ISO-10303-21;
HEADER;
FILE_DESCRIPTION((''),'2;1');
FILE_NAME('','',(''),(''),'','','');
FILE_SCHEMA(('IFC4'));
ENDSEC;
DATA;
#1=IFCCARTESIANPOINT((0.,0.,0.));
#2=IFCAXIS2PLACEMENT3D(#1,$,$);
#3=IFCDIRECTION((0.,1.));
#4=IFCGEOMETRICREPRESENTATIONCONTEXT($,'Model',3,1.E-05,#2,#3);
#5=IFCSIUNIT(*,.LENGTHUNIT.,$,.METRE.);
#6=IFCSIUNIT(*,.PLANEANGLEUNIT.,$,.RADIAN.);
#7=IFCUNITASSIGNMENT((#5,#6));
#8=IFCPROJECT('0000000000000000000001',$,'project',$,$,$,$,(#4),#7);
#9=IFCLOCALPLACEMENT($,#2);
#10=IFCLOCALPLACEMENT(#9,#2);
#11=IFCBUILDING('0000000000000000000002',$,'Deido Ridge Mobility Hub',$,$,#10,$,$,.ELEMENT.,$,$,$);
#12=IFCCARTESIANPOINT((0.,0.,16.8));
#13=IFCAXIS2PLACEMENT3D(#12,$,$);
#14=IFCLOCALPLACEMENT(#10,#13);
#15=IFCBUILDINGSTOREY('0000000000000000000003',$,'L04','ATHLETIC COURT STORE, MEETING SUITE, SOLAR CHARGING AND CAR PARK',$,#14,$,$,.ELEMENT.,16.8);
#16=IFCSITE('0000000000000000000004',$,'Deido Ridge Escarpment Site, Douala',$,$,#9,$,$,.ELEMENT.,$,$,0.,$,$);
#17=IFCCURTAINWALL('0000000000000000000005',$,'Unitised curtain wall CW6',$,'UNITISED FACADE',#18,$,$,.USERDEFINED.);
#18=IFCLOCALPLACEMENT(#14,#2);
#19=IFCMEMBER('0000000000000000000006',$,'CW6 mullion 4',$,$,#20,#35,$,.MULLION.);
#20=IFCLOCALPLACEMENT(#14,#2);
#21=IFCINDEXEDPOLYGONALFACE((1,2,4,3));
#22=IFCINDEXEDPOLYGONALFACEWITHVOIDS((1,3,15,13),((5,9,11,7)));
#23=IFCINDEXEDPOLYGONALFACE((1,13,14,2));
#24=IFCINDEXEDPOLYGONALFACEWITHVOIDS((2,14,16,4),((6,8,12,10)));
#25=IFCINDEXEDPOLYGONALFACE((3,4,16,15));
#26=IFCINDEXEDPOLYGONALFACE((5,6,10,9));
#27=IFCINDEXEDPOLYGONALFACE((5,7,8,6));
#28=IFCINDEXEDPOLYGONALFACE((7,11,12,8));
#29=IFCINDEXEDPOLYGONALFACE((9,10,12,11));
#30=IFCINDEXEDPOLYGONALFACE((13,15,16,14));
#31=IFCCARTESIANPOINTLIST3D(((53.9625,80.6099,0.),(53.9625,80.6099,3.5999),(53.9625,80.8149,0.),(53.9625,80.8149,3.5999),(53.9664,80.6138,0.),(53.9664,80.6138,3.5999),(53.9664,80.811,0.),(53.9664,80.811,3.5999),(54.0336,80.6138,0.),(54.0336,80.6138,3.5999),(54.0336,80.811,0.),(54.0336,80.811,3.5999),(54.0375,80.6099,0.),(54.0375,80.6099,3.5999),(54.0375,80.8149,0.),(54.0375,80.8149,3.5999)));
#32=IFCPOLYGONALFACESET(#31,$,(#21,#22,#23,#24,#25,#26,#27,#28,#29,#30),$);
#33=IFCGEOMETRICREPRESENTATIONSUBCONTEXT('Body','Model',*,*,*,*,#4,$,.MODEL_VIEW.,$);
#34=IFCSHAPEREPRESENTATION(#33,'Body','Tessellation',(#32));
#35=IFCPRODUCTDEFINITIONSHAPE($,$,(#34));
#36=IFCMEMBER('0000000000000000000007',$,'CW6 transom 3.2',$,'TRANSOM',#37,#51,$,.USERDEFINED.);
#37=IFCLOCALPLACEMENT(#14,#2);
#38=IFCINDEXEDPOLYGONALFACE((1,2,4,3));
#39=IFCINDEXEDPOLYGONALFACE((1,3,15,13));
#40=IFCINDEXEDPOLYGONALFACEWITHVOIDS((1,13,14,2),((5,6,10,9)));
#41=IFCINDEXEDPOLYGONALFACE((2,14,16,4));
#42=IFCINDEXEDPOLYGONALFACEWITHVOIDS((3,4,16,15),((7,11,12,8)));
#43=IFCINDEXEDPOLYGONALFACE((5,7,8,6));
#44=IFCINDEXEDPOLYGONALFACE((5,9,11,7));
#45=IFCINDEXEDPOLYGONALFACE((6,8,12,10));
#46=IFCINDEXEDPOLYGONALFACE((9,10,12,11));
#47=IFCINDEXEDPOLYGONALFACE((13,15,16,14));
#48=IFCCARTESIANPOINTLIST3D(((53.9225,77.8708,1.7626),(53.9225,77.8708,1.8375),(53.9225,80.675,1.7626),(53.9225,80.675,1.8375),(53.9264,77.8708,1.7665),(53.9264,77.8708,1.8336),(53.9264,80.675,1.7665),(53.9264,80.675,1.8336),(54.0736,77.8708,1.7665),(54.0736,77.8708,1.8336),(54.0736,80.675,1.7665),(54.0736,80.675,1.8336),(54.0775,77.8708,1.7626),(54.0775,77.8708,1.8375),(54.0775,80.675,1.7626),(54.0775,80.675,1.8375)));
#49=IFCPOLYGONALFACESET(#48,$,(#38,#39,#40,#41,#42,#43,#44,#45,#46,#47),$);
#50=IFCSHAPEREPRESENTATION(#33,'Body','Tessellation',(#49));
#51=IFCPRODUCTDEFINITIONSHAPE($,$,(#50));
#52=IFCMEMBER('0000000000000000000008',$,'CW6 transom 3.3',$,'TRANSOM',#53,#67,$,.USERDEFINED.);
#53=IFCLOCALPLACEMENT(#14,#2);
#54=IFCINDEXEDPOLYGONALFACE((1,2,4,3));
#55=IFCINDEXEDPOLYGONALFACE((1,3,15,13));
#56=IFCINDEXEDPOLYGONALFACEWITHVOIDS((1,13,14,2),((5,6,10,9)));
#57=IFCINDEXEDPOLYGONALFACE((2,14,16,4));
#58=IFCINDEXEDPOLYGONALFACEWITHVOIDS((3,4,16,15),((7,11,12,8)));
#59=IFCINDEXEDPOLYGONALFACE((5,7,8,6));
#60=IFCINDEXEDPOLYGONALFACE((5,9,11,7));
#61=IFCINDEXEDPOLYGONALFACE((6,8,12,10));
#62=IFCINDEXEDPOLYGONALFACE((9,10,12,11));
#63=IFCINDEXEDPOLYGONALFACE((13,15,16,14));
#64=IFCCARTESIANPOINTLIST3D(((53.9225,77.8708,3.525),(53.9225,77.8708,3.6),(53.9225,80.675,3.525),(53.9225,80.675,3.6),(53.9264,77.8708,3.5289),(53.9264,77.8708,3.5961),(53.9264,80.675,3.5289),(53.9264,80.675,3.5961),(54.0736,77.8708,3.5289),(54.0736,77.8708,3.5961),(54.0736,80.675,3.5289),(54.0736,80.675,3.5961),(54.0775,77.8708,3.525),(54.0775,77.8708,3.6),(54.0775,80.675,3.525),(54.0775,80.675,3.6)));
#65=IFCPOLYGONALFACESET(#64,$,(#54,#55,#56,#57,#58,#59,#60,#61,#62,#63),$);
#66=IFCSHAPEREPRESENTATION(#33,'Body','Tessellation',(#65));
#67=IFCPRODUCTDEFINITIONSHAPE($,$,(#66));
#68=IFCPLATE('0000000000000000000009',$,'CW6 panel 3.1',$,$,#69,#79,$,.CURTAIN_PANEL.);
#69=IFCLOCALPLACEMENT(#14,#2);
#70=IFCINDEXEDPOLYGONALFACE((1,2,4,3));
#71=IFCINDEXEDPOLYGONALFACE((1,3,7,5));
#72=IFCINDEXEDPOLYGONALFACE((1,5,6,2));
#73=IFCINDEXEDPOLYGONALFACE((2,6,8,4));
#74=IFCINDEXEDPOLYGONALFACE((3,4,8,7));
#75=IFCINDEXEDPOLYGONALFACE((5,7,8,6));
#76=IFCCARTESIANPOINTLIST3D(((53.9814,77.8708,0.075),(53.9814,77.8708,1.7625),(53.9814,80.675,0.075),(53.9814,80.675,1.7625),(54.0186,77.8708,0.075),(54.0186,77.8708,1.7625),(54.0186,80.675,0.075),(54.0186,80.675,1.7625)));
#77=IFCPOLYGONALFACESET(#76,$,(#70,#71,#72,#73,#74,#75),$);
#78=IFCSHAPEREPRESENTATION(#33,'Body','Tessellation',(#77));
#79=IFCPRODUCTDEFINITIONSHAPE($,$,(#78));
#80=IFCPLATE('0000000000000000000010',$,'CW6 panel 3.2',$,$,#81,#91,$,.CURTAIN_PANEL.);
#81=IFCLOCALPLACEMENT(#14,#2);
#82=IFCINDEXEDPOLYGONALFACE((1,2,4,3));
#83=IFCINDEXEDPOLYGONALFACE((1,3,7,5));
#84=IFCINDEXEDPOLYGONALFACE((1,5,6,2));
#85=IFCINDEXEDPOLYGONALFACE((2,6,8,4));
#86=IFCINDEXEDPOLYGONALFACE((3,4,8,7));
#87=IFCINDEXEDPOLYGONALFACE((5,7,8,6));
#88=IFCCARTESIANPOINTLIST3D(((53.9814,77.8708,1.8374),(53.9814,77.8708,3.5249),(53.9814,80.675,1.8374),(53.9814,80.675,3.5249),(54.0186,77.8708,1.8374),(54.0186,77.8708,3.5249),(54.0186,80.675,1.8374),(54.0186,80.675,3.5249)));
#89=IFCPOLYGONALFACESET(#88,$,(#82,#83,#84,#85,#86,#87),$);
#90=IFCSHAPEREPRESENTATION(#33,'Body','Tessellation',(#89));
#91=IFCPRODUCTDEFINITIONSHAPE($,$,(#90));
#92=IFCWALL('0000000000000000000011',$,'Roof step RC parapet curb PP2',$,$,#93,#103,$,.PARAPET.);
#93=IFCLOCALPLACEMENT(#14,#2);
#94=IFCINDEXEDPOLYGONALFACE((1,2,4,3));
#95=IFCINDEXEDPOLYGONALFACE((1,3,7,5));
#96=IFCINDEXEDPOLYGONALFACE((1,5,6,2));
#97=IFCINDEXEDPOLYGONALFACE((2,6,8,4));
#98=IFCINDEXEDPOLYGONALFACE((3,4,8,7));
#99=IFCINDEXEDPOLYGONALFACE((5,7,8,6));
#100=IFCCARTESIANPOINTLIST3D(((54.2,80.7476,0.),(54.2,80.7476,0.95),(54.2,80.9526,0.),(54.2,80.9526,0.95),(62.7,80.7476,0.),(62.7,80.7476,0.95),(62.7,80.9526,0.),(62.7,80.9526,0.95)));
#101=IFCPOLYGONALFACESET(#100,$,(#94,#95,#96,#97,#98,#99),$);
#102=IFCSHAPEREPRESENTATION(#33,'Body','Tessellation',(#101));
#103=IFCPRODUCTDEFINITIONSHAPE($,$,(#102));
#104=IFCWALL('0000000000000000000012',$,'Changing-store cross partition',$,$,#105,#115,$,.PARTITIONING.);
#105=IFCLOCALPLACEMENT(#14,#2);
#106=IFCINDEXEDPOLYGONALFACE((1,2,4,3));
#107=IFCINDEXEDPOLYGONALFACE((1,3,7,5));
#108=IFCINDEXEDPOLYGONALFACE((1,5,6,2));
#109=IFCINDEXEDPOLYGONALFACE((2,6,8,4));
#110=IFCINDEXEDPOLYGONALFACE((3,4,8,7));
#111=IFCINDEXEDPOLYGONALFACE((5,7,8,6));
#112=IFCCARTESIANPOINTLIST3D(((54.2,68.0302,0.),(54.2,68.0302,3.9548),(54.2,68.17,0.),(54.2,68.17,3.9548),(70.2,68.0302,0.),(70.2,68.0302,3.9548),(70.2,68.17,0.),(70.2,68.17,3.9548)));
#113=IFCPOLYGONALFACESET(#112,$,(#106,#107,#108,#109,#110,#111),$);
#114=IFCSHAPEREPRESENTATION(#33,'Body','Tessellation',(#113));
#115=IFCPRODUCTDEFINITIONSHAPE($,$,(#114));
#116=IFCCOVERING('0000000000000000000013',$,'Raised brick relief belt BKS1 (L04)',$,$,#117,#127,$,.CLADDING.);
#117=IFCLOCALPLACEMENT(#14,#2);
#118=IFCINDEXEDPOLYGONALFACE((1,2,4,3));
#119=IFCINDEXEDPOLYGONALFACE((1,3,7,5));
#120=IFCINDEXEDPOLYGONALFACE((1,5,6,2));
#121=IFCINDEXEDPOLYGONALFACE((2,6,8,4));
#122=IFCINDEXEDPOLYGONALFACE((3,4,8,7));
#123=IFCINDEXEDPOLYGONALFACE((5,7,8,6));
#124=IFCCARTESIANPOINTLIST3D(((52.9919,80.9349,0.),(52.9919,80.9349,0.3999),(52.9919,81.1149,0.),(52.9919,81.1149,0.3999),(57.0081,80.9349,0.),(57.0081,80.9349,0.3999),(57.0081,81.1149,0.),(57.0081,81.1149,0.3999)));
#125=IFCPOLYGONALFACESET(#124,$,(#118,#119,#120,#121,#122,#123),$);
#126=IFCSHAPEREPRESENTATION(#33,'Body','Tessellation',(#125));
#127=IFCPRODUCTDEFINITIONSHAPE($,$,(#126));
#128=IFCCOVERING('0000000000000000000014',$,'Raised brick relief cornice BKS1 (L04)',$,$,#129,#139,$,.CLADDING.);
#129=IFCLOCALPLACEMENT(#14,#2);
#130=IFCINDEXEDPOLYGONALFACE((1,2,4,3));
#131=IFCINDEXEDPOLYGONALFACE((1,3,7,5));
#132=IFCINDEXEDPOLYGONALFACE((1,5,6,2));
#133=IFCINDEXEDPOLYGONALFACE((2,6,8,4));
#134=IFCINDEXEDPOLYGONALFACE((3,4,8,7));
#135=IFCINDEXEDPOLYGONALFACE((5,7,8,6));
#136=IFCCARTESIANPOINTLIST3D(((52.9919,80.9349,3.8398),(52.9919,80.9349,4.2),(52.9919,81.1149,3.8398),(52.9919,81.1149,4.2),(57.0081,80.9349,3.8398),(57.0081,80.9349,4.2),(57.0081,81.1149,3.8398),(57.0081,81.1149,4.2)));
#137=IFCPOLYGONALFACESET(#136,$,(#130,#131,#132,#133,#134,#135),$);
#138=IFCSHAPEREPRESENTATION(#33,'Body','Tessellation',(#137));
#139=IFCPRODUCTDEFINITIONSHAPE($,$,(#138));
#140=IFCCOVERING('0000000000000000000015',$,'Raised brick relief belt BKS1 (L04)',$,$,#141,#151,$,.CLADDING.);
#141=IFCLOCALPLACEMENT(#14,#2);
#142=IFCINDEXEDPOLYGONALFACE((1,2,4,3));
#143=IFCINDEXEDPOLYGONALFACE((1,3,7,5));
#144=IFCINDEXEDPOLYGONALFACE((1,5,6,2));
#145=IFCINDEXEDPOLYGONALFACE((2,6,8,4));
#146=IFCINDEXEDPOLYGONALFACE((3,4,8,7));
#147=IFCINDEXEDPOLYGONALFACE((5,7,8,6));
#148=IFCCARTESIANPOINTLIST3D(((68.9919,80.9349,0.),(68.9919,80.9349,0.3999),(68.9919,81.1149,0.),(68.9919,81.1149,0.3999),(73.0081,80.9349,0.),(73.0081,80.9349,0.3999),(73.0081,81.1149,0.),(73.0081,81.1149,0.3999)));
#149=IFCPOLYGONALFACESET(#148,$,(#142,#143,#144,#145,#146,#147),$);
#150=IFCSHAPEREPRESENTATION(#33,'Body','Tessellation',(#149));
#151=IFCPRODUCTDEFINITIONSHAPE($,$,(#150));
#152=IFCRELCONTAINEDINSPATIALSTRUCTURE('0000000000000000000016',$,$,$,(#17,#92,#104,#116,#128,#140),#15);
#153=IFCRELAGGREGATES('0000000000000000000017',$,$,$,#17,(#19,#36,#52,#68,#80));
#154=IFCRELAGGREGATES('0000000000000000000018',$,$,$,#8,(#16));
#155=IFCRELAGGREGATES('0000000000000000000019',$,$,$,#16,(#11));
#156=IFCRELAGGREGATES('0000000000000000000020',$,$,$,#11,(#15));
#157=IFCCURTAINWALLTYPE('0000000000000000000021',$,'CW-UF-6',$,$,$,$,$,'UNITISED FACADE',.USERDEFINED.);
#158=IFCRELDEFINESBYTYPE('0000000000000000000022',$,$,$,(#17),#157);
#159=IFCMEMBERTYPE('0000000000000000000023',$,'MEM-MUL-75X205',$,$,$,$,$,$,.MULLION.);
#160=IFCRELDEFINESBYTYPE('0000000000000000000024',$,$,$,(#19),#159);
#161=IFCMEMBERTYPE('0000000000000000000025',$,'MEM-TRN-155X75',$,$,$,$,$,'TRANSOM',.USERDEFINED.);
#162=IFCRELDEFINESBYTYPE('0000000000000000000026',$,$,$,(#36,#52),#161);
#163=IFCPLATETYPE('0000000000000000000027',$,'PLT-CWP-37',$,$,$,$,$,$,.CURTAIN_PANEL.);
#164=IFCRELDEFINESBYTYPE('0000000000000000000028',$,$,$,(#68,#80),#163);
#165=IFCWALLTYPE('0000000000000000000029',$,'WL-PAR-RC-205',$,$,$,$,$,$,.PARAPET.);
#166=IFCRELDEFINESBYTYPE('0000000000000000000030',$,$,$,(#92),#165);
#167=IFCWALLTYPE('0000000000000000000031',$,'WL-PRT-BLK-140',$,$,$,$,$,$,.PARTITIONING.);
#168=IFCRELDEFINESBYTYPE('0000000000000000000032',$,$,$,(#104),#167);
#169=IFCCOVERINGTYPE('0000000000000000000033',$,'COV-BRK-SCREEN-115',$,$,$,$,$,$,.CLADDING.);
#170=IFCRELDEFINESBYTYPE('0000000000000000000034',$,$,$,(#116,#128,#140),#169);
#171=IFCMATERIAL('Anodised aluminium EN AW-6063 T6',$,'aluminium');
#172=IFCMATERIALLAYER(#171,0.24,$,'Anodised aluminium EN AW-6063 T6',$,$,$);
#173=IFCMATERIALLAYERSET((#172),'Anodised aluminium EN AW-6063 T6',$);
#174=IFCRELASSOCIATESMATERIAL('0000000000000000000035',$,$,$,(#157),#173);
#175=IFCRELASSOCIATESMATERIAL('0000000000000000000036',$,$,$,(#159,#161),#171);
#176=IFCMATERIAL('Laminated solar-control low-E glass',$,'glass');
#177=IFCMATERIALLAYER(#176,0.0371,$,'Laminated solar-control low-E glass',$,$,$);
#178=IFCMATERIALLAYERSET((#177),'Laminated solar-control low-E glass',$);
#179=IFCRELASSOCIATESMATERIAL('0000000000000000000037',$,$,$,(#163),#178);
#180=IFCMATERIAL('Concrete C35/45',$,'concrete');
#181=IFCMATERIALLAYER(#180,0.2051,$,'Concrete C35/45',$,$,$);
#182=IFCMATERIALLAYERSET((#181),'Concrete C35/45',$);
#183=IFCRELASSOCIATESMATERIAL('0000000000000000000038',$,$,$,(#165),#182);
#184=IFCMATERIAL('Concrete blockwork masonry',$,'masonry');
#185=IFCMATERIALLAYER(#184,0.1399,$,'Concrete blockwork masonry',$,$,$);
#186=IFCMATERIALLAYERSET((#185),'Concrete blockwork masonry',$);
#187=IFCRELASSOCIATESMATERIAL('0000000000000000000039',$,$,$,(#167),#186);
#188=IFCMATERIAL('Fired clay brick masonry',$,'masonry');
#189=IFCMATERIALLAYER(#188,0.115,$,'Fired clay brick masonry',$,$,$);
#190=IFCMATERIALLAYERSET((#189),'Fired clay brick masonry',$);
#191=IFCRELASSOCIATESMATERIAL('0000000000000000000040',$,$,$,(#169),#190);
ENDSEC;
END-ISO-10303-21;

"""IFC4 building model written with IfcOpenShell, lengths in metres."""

from ifc_helpers import new_model, si_unit, direction, frame, frame_2d, origin, origin_2d, place, context, subcontext, project, spatial, rectangle, hollow_rectangle, extrude, material, layer, layer_set, material_profile, profile_set, type_object, element, aggregate, save


model = new_model("IFC4")

# Units and contexts
model_context = context("Model", 3, precision=1e-05, world=origin(), true_north=direction((0.0, 1.0)))
body_context = subcontext(model_context, "Body", "Model", "MODEL_VIEW")
ifc_project = project(units=[si_unit("LENGTHUNIT", "METRE"), si_unit("PLANEANGLEUNIT", "RADIAN")], contexts=[model_context])

# Site, building, storey
site_placement = place(None, origin())
site = spatial("IfcSite", under=ifc_project, at=site_placement, Name="Deido Ridge Escarpment Site, Douala", CompositionType="ELEMENT", RefElevation=0.0)
building_placement = place(site_placement, origin())
building = spatial("IfcBuilding", under=site, at=building_placement, Name="Deido Ridge Mobility Hub", CompositionType="ELEMENT")
storey_placement = place(building_placement, frame((0.0, 0.0, 16.8)))
storey = spatial("IfcBuildingStorey", under=building, at=storey_placement, Name="L04", Description="ATHLETIC COURT STORE, MEETING SUITE, SOLAR CHARGING AND CAR PARK", CompositionType="ELEMENT", Elevation=16.8)

# Curtain wall, members, plates
ifc_material_1 = material(Name="Anodised aluminium EN AW-6063 T6", Category="aluminium")
ifc_layer_1 = layer(ifc_material_1, 0.24, Name="Anodised aluminium EN AW-6063 T6")
ifc_layer_set_1 = layer_set([ifc_layer_1], Name="Anodised aluminium EN AW-6063 T6")
curtain_wall_type = type_object("IfcCurtainWallType", Name="CW-UF-6", ElementType="UNITISED FACADE", PredefinedType="USERDEFINED", material=ifc_layer_set_1)
curtain_wall_placement = place(storey_placement, origin())
curtain_wall = element("IfcCurtainWall", 1, at=curtain_wall_placement, inside=storey, type_object=curtain_wall_type, Name="Unitised curtain wall CW6", ObjectType="UNITISED FACADE", PredefinedType="USERDEFINED")
ifc_material_profile_1 = material_profile(ifc_material_1, hollow_rectangle(XDim=0.075, YDim=0.2051, WallThickness=0.0039, at=origin_2d()), Name="RHS 75x205x4")
ifc_profile_set_1 = profile_set([ifc_material_profile_1], Name="Anodised aluminium EN AW-6063 T6")
member_type_1 = type_object("IfcMemberType", Name="MEM-MUL-75X205", PredefinedType="MULLION", material=ifc_profile_set_1)
member_1_placement = place(storey_placement, frame((54.0, 80.7124, 0.0), z_axis=(0.0, 0.0, 1.0), x_axis=(-1.0, 0.0, 0.0)))
member_1 = element("IfcMember", 2, at=member_1_placement, type_object=member_type_1, Name="CW6 mullion 4", PredefinedType="MULLION", context=body_context, shape_type="SweptSolid", body=[
    extrude(hollow_rectangle(XDim=0.075, YDim=0.2051, WallThickness=0.0039, at=origin_2d()), origin(), (0.0, 0.0, 1.0), 3.5999),
])
ifc_material_profile_2 = material_profile(ifc_material_1, hollow_rectangle(XDim=0.155, YDim=0.075, WallThickness=0.0039, at=origin_2d()), Name="RHS 155x75x4")
ifc_profile_set_2 = profile_set([ifc_material_profile_2], Name="Anodised aluminium EN AW-6063 T6")
member_type_2 = type_object("IfcMemberType", Name="MEM-TRN-155X75", ElementType="TRANSOM", PredefinedType="USERDEFINED", material=ifc_profile_set_2)
member_2_placement = place(storey_placement, frame((54.0, 77.8708, 1.8), z_axis=(0.0, 1.0, 0.0), x_axis=(-1.0, 0.0, 0.0)))
member_2 = element("IfcMember", 3, at=member_2_placement, type_object=member_type_2, Name="CW6 transom 3.2", ObjectType="TRANSOM", PredefinedType="USERDEFINED", context=body_context, shape_type="SweptSolid", body=[
    extrude(hollow_rectangle(XDim=0.155, YDim=0.075, WallThickness=0.0039, at=origin_2d()), origin(), (0.0, 0.0, 1.0), 2.8042),
])
member_3_placement = place(storey_placement, frame((54.0, 77.8708, 3.5625), z_axis=(0.0, 1.0, 0.0), x_axis=(-1.0, 0.0, 0.0)))
member_3 = element("IfcMember", 4, at=member_3_placement, type_object=member_type_2, Name="CW6 transom 3.3", ObjectType="TRANSOM", PredefinedType="USERDEFINED", context=body_context, shape_type="SweptSolid", body=[
    extrude(hollow_rectangle(XDim=0.155, YDim=0.075, WallThickness=0.0039, at=origin_2d()), origin(), (0.0, 0.0, 1.0), 2.8042),
])
ifc_material_2 = material(Name="Laminated solar-control low-E glass", Category="glass")
ifc_layer_2 = layer(ifc_material_2, 0.0371, Name="Laminated solar-control low-E glass")
ifc_layer_set_2 = layer_set([ifc_layer_2], Name="Laminated solar-control low-E glass")
plate_type = type_object("IfcPlateType", Name="PLT-CWP-37", PredefinedType="CURTAIN_PANEL", material=ifc_layer_set_2)
plate_1_placement = place(storey_placement, frame((54.0, 79.2729, 0.075), z_axis=(0.0, 0.0, 1.0), x_axis=(0.0, 1.0, 0.0)))
plate_1 = element("IfcPlate", 5, at=plate_1_placement, type_object=plate_type, Name="CW6 panel 3.1", PredefinedType="CURTAIN_PANEL", context=body_context, shape_type="SweptSolid", body=[
    extrude(rectangle(XDim=2.8042, YDim=0.0371, at=origin_2d()), origin(), (0.0, 0.0, 1.0), 1.6875),
])
plate_2_placement = place(storey_placement, frame((54.0, 79.2729, 1.8374), z_axis=(0.0, 0.0, 1.0), x_axis=(0.0, 1.0, 0.0)))
plate_2 = element("IfcPlate", 6, at=plate_2_placement, type_object=plate_type, Name="CW6 panel 3.2", PredefinedType="CURTAIN_PANEL", context=body_context, shape_type="SweptSolid", body=[
    extrude(rectangle(XDim=2.8042, YDim=0.0371, at=origin_2d()), origin(), (0.0, 0.0, 1.0), 1.6875),
])
aggregate(curtain_wall, [member_1, member_2, member_3, plate_1, plate_2])

# Walls
ifc_material_3 = material(Name="Concrete C35/45", Category="concrete")
ifc_layer_3 = layer(ifc_material_3, 0.2051, Name="Concrete C35/45")
ifc_layer_set_3 = layer_set([ifc_layer_3], Name="Concrete C35/45")
wall_type_1 = type_object("IfcWallType", Name="WL-PAR-RC-205", PredefinedType="PARAPET", material=ifc_layer_set_3)
wall_1_placement = place(storey_placement, frame((54.2, 80.8501, 0.0), z_axis=(0.0, 0.0, 1.0), x_axis=(1.0, 0.0, 0.0)))
element("IfcWall", 7, at=wall_1_placement, inside=storey, type_object=wall_type_1, Name="Roof step RC parapet curb PP2", PredefinedType="PARAPET", context=body_context, shape_type="SweptSolid", body=[
    extrude(rectangle(XDim=8.5, YDim=0.2051, at=frame_2d((4.25, 0.0))), origin(), (0.0, 0.0, 1.0), 0.95),
])
ifc_material_4 = material(Name="Concrete blockwork masonry", Category="masonry")
ifc_layer_4 = layer(ifc_material_4, 0.1399, Name="Concrete blockwork masonry")
ifc_layer_set_4 = layer_set([ifc_layer_4], Name="Concrete blockwork masonry")
wall_type_2 = type_object("IfcWallType", Name="WL-PRT-BLK-140", PredefinedType="PARTITIONING", material=ifc_layer_set_4)
wall_2_placement = place(storey_placement, frame((54.2, 68.1001, 0.0), z_axis=(0.0, 0.0, 1.0), x_axis=(1.0, 0.0, 0.0)))
element("IfcWall", 8, at=wall_2_placement, inside=storey, type_object=wall_type_2, Name="Changing-store cross partition", PredefinedType="PARTITIONING", context=body_context, shape_type="SweptSolid", body=[
    extrude(rectangle(XDim=16.0, YDim=0.1399, at=frame_2d((8.0, 0.0))), origin(), (0.0, 0.0, 1.0), 3.9548),
])

# Coverings
ifc_material_5 = material(Name="Fired clay brick masonry", Category="masonry")
ifc_layer_5 = layer(ifc_material_5, 0.115, Name="Fired clay brick masonry")
ifc_layer_set_5 = layer_set([ifc_layer_5], Name="Fired clay brick masonry")
covering_type = type_object("IfcCoveringType", Name="COV-BRK-SCREEN-115", PredefinedType="CLADDING", material=ifc_layer_set_5)
covering_1_placement = place(storey_placement, frame((55.0, 81.0249, 0.0), z_axis=(0.0, 0.0, 1.0), x_axis=(1.0, 0.0, 0.0)))
element("IfcCovering", 9, at=covering_1_placement, inside=storey, type_object=covering_type, Name="Raised brick relief belt BKS1 (L04)", PredefinedType="CLADDING", context=body_context, shape_type="SweptSolid", body=[
    extrude(rectangle(XDim=4.0161, YDim=0.1799, at=origin_2d()), origin(), (0.0, 0.0, 1.0), 0.3999),
])
covering_2_placement = place(storey_placement, frame((55.0, 81.0249, 3.8398), z_axis=(0.0, 0.0, 1.0), x_axis=(1.0, 0.0, 0.0)))
element("IfcCovering", 10, at=covering_2_placement, inside=storey, type_object=covering_type, Name="Raised brick relief cornice BKS1 (L04)", PredefinedType="CLADDING", context=body_context, shape_type="SweptSolid", body=[
    extrude(rectangle(XDim=4.0161, YDim=0.1799, at=origin_2d()), origin(), (0.0, 0.0, 1.0), 0.3601),
])
covering_3_placement = place(storey_placement, frame((71.0, 81.0249, 0.0), z_axis=(0.0, 0.0, 1.0), x_axis=(1.0, 0.0, 0.0)))
element("IfcCovering", 11, at=covering_3_placement, inside=storey, type_object=covering_type, Name="Raised brick relief belt BKS1 (L04)", PredefinedType="CLADDING", context=body_context, shape_type="SweptSolid", body=[
    extrude(rectangle(XDim=4.0161, YDim=0.1799, at=origin_2d()), origin(), (0.0, 0.0, 1.0), 0.3999),
])

save(model, "model.ifc")
